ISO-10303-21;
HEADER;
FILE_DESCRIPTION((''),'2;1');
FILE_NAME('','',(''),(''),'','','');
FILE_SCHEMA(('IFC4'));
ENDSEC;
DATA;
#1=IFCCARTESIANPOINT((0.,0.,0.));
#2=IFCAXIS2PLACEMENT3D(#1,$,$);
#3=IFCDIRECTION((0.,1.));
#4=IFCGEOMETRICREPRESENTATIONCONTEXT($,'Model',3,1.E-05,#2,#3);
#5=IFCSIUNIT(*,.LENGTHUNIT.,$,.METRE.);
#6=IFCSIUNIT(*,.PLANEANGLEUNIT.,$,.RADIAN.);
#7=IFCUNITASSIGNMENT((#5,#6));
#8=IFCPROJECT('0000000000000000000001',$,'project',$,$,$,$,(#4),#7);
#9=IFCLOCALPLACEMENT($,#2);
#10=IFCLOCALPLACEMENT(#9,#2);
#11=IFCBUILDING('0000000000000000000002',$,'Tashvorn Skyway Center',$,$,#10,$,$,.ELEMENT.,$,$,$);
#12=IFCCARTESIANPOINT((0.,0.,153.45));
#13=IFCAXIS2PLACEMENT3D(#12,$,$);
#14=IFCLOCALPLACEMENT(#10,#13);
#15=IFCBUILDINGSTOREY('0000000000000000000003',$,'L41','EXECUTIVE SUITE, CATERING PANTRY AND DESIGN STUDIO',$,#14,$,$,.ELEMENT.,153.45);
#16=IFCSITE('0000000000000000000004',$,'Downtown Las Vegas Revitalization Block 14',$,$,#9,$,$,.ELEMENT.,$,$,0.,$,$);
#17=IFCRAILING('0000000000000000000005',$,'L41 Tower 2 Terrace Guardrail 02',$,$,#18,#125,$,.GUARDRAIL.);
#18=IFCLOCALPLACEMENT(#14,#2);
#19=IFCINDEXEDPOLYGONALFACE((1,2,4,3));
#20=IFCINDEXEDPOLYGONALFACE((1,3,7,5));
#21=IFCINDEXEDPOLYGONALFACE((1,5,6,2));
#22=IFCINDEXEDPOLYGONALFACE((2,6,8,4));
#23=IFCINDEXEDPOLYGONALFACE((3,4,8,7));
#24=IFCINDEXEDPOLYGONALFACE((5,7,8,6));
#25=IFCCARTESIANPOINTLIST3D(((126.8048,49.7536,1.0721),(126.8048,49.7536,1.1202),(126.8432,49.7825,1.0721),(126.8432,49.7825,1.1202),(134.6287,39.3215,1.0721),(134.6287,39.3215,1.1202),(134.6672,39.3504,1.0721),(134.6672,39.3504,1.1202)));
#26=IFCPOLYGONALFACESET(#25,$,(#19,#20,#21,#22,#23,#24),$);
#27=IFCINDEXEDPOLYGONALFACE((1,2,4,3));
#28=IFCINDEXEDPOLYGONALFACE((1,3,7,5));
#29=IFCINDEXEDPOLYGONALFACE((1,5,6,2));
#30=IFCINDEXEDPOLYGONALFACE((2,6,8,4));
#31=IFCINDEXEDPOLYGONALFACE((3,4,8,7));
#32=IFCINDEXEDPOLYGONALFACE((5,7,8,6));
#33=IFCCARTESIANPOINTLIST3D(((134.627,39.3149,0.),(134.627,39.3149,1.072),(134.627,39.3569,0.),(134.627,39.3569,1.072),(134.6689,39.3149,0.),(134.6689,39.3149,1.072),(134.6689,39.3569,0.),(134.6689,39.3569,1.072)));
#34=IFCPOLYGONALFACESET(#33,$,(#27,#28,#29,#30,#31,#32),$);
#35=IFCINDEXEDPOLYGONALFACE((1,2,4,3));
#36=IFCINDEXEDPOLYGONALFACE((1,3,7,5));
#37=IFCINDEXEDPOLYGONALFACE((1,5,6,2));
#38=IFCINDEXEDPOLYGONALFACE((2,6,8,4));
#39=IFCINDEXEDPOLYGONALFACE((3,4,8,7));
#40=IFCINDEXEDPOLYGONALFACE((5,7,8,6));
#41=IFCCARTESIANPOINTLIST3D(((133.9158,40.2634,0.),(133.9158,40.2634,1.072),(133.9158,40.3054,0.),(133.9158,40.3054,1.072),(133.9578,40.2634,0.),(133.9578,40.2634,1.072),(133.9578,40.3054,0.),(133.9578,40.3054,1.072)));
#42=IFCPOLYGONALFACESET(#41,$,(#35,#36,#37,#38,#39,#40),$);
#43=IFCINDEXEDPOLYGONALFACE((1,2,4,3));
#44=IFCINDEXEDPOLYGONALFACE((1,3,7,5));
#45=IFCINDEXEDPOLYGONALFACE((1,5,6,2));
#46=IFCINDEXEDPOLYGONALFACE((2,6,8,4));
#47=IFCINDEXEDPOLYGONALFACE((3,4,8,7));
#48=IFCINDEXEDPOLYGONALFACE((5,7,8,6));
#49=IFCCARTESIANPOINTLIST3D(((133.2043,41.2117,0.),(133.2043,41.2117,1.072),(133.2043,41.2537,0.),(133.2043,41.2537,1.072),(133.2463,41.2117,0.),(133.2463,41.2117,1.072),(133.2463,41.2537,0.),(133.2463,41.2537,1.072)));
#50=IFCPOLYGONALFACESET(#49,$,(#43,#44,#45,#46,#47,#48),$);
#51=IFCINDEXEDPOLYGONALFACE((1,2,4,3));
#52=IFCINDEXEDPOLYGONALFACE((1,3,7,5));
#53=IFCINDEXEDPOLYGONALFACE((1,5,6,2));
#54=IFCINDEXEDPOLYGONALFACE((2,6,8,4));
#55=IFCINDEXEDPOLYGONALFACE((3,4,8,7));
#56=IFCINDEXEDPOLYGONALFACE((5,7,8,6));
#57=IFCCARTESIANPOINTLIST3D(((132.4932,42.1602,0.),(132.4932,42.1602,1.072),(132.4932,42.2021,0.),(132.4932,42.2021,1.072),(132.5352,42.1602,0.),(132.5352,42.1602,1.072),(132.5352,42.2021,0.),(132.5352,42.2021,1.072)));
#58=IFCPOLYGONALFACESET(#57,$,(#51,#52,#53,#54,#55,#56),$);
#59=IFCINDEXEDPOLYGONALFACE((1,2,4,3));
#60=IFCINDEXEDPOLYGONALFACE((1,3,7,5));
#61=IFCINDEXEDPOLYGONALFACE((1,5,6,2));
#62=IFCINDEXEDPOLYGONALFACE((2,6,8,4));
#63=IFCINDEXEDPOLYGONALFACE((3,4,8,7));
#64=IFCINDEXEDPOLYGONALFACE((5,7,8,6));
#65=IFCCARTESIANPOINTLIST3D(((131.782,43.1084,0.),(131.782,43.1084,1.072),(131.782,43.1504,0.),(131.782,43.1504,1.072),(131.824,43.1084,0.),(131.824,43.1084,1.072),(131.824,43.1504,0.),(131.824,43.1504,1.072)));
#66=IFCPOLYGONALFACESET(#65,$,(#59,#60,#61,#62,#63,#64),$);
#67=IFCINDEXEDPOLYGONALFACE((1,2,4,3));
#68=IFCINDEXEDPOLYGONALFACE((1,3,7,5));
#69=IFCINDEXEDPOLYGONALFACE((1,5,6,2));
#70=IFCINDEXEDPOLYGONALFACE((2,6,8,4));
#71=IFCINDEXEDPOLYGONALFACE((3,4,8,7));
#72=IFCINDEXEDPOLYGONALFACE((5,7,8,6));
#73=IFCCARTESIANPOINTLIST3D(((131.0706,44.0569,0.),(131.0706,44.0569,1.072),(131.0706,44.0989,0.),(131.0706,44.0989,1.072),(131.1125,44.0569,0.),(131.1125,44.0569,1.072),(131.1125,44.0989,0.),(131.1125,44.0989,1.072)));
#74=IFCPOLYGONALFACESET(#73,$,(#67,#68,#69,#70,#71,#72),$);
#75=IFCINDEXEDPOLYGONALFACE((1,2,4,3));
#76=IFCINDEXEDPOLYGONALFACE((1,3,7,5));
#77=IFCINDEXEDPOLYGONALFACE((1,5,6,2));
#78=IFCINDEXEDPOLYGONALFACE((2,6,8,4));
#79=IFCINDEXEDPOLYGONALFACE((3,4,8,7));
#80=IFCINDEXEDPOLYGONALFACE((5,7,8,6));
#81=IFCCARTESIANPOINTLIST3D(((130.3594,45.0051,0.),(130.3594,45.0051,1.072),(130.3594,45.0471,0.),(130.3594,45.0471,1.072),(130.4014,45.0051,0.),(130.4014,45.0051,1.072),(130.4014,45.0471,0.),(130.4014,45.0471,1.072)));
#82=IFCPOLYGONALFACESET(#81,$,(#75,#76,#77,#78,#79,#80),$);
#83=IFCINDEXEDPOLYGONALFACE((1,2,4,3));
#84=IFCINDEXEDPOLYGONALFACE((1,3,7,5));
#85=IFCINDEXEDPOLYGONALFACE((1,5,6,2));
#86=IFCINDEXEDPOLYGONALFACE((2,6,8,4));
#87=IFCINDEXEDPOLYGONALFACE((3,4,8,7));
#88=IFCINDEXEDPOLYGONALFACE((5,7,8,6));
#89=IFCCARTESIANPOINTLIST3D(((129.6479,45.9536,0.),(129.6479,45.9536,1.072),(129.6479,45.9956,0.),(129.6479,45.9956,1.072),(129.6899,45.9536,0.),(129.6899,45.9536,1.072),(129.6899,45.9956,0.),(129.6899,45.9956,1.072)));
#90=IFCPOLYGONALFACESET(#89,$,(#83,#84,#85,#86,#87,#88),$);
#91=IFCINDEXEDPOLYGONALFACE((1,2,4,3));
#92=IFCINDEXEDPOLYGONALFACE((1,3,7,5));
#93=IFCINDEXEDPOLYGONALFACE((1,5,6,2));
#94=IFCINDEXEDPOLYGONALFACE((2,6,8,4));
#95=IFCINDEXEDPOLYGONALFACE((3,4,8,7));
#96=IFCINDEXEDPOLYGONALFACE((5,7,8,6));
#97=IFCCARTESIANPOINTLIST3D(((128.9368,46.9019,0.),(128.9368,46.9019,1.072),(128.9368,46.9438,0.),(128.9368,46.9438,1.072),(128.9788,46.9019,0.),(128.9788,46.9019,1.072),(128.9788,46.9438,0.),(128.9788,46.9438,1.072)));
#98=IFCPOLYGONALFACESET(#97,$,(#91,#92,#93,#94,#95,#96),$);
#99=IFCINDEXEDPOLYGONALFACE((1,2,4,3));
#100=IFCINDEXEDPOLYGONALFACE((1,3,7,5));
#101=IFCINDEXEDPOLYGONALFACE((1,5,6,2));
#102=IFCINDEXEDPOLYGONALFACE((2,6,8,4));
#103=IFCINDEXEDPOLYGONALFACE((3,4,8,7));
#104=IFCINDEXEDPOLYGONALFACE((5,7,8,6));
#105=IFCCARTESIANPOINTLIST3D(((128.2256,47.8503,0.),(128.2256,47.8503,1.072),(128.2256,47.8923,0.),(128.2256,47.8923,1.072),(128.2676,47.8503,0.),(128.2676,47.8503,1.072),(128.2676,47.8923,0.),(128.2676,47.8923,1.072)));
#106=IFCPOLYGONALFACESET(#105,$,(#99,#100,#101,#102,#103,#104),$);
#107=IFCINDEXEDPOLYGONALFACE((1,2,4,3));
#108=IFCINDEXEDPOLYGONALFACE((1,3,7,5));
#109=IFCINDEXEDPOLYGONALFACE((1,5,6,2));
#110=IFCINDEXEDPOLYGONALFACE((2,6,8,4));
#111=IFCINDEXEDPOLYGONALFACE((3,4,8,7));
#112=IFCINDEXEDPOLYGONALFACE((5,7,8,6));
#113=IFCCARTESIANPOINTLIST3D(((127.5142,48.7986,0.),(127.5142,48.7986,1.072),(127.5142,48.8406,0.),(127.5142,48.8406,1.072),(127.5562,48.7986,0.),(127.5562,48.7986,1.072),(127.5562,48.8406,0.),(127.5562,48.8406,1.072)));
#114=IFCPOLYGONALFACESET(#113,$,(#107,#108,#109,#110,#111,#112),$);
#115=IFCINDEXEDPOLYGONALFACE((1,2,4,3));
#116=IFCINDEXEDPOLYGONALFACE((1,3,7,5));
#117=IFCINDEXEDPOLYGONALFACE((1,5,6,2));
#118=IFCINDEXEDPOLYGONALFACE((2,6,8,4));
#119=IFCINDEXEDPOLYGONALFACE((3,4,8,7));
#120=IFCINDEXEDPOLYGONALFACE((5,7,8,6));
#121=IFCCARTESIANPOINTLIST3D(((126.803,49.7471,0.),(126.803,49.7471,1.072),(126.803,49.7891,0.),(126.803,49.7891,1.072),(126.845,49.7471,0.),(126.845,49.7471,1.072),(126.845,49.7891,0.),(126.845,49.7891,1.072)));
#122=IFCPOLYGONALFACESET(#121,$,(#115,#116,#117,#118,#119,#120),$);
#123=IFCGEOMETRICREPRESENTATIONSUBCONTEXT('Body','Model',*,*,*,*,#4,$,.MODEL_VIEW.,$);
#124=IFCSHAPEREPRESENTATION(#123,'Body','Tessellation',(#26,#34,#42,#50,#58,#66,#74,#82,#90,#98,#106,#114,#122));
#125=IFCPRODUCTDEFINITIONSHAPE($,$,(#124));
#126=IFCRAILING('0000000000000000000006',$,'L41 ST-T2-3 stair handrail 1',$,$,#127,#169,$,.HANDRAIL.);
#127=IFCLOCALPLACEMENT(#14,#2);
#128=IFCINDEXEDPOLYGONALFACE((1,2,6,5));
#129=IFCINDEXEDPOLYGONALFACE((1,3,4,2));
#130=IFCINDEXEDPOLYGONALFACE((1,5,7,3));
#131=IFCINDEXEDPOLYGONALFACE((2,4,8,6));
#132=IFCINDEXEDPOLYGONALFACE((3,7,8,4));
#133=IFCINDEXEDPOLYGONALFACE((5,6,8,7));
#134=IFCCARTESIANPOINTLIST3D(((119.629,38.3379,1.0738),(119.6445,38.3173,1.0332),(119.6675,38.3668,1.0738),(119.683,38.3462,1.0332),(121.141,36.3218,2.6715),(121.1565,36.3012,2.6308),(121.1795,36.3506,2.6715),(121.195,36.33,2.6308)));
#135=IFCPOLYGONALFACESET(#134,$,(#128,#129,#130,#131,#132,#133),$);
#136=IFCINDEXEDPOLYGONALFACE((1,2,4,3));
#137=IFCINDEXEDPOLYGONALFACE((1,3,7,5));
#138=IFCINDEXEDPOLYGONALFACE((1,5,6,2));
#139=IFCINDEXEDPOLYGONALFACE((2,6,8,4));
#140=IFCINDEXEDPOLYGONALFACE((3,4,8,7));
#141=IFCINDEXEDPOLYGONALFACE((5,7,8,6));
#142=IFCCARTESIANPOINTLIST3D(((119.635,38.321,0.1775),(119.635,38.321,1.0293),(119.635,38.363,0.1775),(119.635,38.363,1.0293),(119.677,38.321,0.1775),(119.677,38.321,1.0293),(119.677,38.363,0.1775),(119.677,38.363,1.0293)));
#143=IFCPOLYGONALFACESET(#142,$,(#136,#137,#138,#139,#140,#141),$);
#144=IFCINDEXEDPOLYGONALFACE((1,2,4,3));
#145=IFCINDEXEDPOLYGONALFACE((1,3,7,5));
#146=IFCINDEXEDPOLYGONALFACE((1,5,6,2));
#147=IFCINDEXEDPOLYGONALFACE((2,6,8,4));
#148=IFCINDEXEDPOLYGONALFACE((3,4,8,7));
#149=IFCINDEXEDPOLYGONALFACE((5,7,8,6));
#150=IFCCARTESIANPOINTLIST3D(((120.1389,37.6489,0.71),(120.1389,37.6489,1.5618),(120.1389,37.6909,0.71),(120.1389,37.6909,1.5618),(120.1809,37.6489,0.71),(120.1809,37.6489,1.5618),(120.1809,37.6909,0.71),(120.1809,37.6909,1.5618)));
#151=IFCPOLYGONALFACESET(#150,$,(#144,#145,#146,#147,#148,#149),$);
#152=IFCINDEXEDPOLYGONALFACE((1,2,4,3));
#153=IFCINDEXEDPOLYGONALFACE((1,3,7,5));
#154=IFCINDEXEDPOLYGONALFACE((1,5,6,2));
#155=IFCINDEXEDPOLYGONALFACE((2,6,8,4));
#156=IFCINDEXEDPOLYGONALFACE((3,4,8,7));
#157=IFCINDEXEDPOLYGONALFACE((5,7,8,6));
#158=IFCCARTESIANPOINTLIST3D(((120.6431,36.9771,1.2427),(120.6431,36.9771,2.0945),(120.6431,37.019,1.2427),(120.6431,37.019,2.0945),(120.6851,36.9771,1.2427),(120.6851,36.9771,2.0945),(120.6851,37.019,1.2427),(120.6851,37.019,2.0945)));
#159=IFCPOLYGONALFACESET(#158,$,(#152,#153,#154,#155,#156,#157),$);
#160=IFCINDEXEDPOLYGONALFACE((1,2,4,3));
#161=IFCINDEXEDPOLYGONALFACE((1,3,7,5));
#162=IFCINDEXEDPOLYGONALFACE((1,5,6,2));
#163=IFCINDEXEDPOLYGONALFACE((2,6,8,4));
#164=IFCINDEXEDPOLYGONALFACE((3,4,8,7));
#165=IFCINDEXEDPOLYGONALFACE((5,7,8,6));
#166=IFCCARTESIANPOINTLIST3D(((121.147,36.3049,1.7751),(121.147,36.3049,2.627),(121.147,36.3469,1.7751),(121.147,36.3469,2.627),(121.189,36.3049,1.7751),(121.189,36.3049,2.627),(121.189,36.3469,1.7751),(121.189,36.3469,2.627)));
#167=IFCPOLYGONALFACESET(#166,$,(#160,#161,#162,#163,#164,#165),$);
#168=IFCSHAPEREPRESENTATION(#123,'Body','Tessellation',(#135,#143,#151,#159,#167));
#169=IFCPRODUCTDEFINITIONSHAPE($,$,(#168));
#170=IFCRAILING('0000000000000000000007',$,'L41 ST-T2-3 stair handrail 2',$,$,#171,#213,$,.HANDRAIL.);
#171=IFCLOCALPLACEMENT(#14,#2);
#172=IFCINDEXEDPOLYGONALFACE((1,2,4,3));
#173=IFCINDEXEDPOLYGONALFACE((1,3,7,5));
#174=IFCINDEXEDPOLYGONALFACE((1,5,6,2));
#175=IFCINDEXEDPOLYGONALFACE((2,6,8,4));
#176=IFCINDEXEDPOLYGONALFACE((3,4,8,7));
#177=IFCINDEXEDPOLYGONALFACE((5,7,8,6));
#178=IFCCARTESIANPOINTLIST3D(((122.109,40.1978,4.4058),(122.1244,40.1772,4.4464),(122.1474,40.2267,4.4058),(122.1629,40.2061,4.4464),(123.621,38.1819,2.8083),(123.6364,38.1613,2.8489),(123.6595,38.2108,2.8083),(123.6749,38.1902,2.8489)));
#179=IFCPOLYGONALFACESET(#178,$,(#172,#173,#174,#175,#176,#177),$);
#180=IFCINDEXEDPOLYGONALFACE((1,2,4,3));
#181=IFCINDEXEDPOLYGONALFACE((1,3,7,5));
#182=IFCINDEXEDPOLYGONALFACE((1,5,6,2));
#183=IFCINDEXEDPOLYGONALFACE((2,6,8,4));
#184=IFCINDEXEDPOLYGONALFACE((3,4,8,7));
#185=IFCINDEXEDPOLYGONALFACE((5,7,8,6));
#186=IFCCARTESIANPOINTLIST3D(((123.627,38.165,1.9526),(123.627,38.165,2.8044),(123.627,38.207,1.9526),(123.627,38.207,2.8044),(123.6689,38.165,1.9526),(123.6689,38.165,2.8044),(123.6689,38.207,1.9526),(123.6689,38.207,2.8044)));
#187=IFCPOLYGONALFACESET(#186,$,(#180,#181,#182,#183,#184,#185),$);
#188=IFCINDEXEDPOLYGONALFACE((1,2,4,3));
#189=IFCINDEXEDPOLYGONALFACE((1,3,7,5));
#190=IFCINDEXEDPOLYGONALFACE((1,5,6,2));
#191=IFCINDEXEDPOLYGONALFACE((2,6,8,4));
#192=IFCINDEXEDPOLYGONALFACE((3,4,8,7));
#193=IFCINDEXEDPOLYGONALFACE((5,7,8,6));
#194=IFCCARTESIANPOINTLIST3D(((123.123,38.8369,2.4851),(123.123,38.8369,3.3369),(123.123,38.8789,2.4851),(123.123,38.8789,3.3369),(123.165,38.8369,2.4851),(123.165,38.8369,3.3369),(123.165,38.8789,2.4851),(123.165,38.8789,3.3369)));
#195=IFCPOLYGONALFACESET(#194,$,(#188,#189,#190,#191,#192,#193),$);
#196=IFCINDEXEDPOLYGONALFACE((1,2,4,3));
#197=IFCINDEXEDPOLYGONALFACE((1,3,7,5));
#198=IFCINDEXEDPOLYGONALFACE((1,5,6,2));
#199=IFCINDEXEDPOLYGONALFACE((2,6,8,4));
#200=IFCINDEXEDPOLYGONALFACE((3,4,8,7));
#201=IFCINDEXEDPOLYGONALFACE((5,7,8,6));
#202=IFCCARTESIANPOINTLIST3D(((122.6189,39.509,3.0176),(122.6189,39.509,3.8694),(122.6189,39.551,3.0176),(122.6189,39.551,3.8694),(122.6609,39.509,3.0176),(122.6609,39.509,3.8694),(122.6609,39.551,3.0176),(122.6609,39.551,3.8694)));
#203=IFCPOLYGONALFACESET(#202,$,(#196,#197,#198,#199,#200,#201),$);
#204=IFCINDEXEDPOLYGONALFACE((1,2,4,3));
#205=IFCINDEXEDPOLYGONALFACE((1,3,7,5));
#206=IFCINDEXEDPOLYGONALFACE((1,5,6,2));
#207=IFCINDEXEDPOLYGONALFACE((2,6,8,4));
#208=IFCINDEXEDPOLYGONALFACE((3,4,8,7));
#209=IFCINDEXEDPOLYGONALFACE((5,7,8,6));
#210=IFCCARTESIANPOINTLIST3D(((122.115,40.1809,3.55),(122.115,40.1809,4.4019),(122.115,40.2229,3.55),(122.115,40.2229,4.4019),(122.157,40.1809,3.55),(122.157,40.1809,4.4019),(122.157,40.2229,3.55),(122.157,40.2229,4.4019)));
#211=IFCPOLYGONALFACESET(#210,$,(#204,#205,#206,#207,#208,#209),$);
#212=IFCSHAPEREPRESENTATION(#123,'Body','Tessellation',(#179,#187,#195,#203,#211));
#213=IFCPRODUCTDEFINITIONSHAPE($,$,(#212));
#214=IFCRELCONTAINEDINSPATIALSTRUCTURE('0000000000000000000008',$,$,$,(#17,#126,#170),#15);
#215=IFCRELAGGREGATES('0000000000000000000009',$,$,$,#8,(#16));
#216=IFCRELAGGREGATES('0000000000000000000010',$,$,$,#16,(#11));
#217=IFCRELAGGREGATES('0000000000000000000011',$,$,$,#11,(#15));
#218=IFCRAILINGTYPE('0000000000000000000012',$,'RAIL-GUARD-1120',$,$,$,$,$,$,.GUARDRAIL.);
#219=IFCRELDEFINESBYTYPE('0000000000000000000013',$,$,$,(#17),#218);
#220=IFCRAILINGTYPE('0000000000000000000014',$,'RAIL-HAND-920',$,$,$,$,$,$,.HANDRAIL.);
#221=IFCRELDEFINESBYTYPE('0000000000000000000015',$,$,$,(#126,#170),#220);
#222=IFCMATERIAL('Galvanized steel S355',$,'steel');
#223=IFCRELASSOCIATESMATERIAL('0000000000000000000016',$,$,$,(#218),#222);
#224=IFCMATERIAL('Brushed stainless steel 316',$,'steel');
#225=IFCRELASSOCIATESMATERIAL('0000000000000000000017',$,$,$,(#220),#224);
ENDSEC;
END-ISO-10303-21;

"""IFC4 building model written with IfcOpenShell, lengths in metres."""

from ifc_helpers import new_model, si_unit, direction, frame, origin, origin_2d, place, context, subcontext, project, spatial, rectangle, extrude, material, type_object, element, save


model = new_model("IFC4")

# Units and contexts
model_context = context("Model", 3, precision=1e-05, world=origin(), true_north=direction((0.0, 1.0)))
body_context = subcontext(model_context, "Body", "Model", "MODEL_VIEW")
ifc_project = project(units=[si_unit("LENGTHUNIT", "METRE"), si_unit("PLANEANGLEUNIT", "RADIAN")], contexts=[model_context])

# Site, building, storey
site_placement = place(None, origin())
site = spatial("IfcSite", under=ifc_project, at=site_placement, Name="Downtown Las Vegas Revitalization Block 14", CompositionType="ELEMENT", RefElevation=0.0)
building_placement = place(site_placement, origin())
building = spatial("IfcBuilding", under=site, at=building_placement, Name="Tashvorn Skyway Center", CompositionType="ELEMENT")
storey_placement = place(building_placement, frame((0.0, 0.0, 153.45)))
storey = spatial("IfcBuildingStorey", under=building, at=storey_placement, Name="L41", Description="EXECUTIVE SUITE, CATERING PANTRY AND DESIGN STUDIO", CompositionType="ELEMENT", Elevation=153.45)

# Railings
ifc_material_1 = material(Name="Galvanized steel S355", Category="steel")
railing_type_1 = type_object("IfcRailingType", Name="RAIL-GUARD-1120", PredefinedType="GUARDRAIL", material=ifc_material_1)
railing_1_placement = place(storey_placement, frame((134.6479, 39.3359, 0.0)))
element("IfcRailing", 1, at=railing_1_placement, inside=storey, type_object=railing_type_1, Name="L41 Tower 2 Terrace Guardrail 02", PredefinedType="GUARDRAIL", context=body_context, shape_type="SweptSolid", body=[
    extrude(rectangle(XDim=0.0481, YDim=0.0481, at=origin_2d()), frame((0.0, 0.0, 1.0962), z_axis=(-0.599994, 0.800004, 0.0), x_axis=(-0.800004, -0.599994, 0.0)), (0.0, 0.0, 1.0), 13.04),
    extrude(rectangle(XDim=0.042, YDim=0.042, at=origin_2d()), origin(), (0.0, 0.0, 1.0), 1.072),
    extrude(rectangle(XDim=0.042, YDim=0.042, at=origin_2d()), frame((-0.7112, 0.9485, 0.0)), (0.0, 0.0, 1.0), 1.072),
    extrude(rectangle(XDim=0.042, YDim=0.042, at=origin_2d()), frame((-1.4226, 1.8967, 0.0)), (0.0, 0.0, 1.0), 1.072),
    extrude(rectangle(XDim=0.042, YDim=0.042, at=origin_2d()), frame((-2.1338, 2.8452, 0.0)), (0.0, 0.0, 1.0), 1.072),
    extrude(rectangle(XDim=0.042, YDim=0.042, at=origin_2d()), frame((-2.845, 3.7935, 0.0)), (0.0, 0.0, 1.0), 1.072),
    extrude(rectangle(XDim=0.042, YDim=0.042, at=origin_2d()), frame((-3.5564, 4.7419, 0.0)), (0.0, 0.0, 1.0), 1.072),
    extrude(rectangle(XDim=0.042, YDim=0.042, at=origin_2d()), frame((-4.2676, 5.6902, 0.0)), (0.0, 0.0, 1.0), 1.072),
    extrude(rectangle(XDim=0.042, YDim=0.042, at=origin_2d()), frame((-4.979, 6.6387, 0.0)), (0.0, 0.0, 1.0), 1.072),
    extrude(rectangle(XDim=0.042, YDim=0.042, at=origin_2d()), frame((-5.6902, 7.5869, 0.0)), (0.0, 0.0, 1.0), 1.072),
    extrude(rectangle(XDim=0.042, YDim=0.042, at=origin_2d()), frame((-6.4014, 8.5354, 0.0)), (0.0, 0.0, 1.0), 1.072),
    extrude(rectangle(XDim=0.042, YDim=0.042, at=origin_2d()), frame((-7.1128, 9.4836, 0.0)), (0.0, 0.0, 1.0), 1.072),
    extrude(rectangle(XDim=0.042, YDim=0.042, at=origin_2d()), frame((-7.824, 10.4321, 0.0)), (0.0, 0.0, 1.0), 1.072),
])
ifc_material_2 = material(Name="Brushed stainless steel 316", Category="steel")
railing_type_2 = type_object("IfcRailingType", Name="RAIL-HAND-920", PredefinedType="HANDRAIL", material=ifc_material_2)
railing_2_placement = place(storey_placement, frame((119.656, 38.342, 0.1775)))
element("IfcRailing", 2, at=railing_2_placement, inside=storey, type_object=railing_type_2, Name="L41 ST-T2-3 stair handrail 1", PredefinedType="HANDRAIL", context=body_context, shape_type="SweptSolid", body=[
    extrude(rectangle(XDim=0.0481, YDim=0.0481, at=origin_2d()), frame((0.0, 0.0, 0.876), z_axis=(0.506719, -0.675679, 0.535438), x_axis=(0.800023, 0.599969, 0.0)), (0.0, 0.0, 1.0), 2.9839),
    extrude(rectangle(XDim=0.042, YDim=0.042, at=origin_2d()), origin(), (0.0, 0.0, 1.0), 0.8518),
    extrude(rectangle(XDim=0.042, YDim=0.042, at=origin_2d()), frame((0.5039, -0.6721, 0.5325)), (0.0, 0.0, 1.0), 0.8518),
    extrude(rectangle(XDim=0.042, YDim=0.042, at=origin_2d()), frame((1.0081, -1.344, 1.0652)), (0.0, 0.0, 1.0), 0.8518),
    extrude(rectangle(XDim=0.042, YDim=0.042, at=origin_2d()), frame((1.512, -2.0161, 1.5977)), (0.0, 0.0, 1.0), 0.8518),
])
railing_3_placement = place(storey_placement, frame((123.6479, 38.186, 1.9526)))
element("IfcRailing", 3, at=railing_3_placement, inside=storey, type_object=railing_type_2, Name="L41 ST-T2-3 stair handrail 2", PredefinedType="HANDRAIL", context=body_context, shape_type="SweptSolid", body=[
    extrude(rectangle(XDim=0.0481, YDim=0.0481, at=origin_2d()), frame((0.0, 0.0, 0.876), z_axis=(-0.506769, 0.675664, 0.535409), x_axis=(-0.799988, -0.600016, 0.0)), (0.0, 0.0, 1.0), 2.9836),
    extrude(rectangle(XDim=0.042, YDim=0.042, at=origin_2d()), origin(), (0.0, 0.0, 1.0), 0.8518),
    extrude(rectangle(XDim=0.042, YDim=0.042, at=origin_2d()), frame((-0.5039, 0.6719, 0.5325)), (0.0, 0.0, 1.0), 0.8518),
    extrude(rectangle(XDim=0.042, YDim=0.042, at=origin_2d()), frame((-1.0081, 1.344, 1.0649)), (0.0, 0.0, 1.0), 0.8518),
    extrude(rectangle(XDim=0.042, YDim=0.042, at=origin_2d()), frame((-1.512, 2.0159, 1.5974)), (0.0, 0.0, 1.0), 0.8518),
])

save(model, "model.ifc")
